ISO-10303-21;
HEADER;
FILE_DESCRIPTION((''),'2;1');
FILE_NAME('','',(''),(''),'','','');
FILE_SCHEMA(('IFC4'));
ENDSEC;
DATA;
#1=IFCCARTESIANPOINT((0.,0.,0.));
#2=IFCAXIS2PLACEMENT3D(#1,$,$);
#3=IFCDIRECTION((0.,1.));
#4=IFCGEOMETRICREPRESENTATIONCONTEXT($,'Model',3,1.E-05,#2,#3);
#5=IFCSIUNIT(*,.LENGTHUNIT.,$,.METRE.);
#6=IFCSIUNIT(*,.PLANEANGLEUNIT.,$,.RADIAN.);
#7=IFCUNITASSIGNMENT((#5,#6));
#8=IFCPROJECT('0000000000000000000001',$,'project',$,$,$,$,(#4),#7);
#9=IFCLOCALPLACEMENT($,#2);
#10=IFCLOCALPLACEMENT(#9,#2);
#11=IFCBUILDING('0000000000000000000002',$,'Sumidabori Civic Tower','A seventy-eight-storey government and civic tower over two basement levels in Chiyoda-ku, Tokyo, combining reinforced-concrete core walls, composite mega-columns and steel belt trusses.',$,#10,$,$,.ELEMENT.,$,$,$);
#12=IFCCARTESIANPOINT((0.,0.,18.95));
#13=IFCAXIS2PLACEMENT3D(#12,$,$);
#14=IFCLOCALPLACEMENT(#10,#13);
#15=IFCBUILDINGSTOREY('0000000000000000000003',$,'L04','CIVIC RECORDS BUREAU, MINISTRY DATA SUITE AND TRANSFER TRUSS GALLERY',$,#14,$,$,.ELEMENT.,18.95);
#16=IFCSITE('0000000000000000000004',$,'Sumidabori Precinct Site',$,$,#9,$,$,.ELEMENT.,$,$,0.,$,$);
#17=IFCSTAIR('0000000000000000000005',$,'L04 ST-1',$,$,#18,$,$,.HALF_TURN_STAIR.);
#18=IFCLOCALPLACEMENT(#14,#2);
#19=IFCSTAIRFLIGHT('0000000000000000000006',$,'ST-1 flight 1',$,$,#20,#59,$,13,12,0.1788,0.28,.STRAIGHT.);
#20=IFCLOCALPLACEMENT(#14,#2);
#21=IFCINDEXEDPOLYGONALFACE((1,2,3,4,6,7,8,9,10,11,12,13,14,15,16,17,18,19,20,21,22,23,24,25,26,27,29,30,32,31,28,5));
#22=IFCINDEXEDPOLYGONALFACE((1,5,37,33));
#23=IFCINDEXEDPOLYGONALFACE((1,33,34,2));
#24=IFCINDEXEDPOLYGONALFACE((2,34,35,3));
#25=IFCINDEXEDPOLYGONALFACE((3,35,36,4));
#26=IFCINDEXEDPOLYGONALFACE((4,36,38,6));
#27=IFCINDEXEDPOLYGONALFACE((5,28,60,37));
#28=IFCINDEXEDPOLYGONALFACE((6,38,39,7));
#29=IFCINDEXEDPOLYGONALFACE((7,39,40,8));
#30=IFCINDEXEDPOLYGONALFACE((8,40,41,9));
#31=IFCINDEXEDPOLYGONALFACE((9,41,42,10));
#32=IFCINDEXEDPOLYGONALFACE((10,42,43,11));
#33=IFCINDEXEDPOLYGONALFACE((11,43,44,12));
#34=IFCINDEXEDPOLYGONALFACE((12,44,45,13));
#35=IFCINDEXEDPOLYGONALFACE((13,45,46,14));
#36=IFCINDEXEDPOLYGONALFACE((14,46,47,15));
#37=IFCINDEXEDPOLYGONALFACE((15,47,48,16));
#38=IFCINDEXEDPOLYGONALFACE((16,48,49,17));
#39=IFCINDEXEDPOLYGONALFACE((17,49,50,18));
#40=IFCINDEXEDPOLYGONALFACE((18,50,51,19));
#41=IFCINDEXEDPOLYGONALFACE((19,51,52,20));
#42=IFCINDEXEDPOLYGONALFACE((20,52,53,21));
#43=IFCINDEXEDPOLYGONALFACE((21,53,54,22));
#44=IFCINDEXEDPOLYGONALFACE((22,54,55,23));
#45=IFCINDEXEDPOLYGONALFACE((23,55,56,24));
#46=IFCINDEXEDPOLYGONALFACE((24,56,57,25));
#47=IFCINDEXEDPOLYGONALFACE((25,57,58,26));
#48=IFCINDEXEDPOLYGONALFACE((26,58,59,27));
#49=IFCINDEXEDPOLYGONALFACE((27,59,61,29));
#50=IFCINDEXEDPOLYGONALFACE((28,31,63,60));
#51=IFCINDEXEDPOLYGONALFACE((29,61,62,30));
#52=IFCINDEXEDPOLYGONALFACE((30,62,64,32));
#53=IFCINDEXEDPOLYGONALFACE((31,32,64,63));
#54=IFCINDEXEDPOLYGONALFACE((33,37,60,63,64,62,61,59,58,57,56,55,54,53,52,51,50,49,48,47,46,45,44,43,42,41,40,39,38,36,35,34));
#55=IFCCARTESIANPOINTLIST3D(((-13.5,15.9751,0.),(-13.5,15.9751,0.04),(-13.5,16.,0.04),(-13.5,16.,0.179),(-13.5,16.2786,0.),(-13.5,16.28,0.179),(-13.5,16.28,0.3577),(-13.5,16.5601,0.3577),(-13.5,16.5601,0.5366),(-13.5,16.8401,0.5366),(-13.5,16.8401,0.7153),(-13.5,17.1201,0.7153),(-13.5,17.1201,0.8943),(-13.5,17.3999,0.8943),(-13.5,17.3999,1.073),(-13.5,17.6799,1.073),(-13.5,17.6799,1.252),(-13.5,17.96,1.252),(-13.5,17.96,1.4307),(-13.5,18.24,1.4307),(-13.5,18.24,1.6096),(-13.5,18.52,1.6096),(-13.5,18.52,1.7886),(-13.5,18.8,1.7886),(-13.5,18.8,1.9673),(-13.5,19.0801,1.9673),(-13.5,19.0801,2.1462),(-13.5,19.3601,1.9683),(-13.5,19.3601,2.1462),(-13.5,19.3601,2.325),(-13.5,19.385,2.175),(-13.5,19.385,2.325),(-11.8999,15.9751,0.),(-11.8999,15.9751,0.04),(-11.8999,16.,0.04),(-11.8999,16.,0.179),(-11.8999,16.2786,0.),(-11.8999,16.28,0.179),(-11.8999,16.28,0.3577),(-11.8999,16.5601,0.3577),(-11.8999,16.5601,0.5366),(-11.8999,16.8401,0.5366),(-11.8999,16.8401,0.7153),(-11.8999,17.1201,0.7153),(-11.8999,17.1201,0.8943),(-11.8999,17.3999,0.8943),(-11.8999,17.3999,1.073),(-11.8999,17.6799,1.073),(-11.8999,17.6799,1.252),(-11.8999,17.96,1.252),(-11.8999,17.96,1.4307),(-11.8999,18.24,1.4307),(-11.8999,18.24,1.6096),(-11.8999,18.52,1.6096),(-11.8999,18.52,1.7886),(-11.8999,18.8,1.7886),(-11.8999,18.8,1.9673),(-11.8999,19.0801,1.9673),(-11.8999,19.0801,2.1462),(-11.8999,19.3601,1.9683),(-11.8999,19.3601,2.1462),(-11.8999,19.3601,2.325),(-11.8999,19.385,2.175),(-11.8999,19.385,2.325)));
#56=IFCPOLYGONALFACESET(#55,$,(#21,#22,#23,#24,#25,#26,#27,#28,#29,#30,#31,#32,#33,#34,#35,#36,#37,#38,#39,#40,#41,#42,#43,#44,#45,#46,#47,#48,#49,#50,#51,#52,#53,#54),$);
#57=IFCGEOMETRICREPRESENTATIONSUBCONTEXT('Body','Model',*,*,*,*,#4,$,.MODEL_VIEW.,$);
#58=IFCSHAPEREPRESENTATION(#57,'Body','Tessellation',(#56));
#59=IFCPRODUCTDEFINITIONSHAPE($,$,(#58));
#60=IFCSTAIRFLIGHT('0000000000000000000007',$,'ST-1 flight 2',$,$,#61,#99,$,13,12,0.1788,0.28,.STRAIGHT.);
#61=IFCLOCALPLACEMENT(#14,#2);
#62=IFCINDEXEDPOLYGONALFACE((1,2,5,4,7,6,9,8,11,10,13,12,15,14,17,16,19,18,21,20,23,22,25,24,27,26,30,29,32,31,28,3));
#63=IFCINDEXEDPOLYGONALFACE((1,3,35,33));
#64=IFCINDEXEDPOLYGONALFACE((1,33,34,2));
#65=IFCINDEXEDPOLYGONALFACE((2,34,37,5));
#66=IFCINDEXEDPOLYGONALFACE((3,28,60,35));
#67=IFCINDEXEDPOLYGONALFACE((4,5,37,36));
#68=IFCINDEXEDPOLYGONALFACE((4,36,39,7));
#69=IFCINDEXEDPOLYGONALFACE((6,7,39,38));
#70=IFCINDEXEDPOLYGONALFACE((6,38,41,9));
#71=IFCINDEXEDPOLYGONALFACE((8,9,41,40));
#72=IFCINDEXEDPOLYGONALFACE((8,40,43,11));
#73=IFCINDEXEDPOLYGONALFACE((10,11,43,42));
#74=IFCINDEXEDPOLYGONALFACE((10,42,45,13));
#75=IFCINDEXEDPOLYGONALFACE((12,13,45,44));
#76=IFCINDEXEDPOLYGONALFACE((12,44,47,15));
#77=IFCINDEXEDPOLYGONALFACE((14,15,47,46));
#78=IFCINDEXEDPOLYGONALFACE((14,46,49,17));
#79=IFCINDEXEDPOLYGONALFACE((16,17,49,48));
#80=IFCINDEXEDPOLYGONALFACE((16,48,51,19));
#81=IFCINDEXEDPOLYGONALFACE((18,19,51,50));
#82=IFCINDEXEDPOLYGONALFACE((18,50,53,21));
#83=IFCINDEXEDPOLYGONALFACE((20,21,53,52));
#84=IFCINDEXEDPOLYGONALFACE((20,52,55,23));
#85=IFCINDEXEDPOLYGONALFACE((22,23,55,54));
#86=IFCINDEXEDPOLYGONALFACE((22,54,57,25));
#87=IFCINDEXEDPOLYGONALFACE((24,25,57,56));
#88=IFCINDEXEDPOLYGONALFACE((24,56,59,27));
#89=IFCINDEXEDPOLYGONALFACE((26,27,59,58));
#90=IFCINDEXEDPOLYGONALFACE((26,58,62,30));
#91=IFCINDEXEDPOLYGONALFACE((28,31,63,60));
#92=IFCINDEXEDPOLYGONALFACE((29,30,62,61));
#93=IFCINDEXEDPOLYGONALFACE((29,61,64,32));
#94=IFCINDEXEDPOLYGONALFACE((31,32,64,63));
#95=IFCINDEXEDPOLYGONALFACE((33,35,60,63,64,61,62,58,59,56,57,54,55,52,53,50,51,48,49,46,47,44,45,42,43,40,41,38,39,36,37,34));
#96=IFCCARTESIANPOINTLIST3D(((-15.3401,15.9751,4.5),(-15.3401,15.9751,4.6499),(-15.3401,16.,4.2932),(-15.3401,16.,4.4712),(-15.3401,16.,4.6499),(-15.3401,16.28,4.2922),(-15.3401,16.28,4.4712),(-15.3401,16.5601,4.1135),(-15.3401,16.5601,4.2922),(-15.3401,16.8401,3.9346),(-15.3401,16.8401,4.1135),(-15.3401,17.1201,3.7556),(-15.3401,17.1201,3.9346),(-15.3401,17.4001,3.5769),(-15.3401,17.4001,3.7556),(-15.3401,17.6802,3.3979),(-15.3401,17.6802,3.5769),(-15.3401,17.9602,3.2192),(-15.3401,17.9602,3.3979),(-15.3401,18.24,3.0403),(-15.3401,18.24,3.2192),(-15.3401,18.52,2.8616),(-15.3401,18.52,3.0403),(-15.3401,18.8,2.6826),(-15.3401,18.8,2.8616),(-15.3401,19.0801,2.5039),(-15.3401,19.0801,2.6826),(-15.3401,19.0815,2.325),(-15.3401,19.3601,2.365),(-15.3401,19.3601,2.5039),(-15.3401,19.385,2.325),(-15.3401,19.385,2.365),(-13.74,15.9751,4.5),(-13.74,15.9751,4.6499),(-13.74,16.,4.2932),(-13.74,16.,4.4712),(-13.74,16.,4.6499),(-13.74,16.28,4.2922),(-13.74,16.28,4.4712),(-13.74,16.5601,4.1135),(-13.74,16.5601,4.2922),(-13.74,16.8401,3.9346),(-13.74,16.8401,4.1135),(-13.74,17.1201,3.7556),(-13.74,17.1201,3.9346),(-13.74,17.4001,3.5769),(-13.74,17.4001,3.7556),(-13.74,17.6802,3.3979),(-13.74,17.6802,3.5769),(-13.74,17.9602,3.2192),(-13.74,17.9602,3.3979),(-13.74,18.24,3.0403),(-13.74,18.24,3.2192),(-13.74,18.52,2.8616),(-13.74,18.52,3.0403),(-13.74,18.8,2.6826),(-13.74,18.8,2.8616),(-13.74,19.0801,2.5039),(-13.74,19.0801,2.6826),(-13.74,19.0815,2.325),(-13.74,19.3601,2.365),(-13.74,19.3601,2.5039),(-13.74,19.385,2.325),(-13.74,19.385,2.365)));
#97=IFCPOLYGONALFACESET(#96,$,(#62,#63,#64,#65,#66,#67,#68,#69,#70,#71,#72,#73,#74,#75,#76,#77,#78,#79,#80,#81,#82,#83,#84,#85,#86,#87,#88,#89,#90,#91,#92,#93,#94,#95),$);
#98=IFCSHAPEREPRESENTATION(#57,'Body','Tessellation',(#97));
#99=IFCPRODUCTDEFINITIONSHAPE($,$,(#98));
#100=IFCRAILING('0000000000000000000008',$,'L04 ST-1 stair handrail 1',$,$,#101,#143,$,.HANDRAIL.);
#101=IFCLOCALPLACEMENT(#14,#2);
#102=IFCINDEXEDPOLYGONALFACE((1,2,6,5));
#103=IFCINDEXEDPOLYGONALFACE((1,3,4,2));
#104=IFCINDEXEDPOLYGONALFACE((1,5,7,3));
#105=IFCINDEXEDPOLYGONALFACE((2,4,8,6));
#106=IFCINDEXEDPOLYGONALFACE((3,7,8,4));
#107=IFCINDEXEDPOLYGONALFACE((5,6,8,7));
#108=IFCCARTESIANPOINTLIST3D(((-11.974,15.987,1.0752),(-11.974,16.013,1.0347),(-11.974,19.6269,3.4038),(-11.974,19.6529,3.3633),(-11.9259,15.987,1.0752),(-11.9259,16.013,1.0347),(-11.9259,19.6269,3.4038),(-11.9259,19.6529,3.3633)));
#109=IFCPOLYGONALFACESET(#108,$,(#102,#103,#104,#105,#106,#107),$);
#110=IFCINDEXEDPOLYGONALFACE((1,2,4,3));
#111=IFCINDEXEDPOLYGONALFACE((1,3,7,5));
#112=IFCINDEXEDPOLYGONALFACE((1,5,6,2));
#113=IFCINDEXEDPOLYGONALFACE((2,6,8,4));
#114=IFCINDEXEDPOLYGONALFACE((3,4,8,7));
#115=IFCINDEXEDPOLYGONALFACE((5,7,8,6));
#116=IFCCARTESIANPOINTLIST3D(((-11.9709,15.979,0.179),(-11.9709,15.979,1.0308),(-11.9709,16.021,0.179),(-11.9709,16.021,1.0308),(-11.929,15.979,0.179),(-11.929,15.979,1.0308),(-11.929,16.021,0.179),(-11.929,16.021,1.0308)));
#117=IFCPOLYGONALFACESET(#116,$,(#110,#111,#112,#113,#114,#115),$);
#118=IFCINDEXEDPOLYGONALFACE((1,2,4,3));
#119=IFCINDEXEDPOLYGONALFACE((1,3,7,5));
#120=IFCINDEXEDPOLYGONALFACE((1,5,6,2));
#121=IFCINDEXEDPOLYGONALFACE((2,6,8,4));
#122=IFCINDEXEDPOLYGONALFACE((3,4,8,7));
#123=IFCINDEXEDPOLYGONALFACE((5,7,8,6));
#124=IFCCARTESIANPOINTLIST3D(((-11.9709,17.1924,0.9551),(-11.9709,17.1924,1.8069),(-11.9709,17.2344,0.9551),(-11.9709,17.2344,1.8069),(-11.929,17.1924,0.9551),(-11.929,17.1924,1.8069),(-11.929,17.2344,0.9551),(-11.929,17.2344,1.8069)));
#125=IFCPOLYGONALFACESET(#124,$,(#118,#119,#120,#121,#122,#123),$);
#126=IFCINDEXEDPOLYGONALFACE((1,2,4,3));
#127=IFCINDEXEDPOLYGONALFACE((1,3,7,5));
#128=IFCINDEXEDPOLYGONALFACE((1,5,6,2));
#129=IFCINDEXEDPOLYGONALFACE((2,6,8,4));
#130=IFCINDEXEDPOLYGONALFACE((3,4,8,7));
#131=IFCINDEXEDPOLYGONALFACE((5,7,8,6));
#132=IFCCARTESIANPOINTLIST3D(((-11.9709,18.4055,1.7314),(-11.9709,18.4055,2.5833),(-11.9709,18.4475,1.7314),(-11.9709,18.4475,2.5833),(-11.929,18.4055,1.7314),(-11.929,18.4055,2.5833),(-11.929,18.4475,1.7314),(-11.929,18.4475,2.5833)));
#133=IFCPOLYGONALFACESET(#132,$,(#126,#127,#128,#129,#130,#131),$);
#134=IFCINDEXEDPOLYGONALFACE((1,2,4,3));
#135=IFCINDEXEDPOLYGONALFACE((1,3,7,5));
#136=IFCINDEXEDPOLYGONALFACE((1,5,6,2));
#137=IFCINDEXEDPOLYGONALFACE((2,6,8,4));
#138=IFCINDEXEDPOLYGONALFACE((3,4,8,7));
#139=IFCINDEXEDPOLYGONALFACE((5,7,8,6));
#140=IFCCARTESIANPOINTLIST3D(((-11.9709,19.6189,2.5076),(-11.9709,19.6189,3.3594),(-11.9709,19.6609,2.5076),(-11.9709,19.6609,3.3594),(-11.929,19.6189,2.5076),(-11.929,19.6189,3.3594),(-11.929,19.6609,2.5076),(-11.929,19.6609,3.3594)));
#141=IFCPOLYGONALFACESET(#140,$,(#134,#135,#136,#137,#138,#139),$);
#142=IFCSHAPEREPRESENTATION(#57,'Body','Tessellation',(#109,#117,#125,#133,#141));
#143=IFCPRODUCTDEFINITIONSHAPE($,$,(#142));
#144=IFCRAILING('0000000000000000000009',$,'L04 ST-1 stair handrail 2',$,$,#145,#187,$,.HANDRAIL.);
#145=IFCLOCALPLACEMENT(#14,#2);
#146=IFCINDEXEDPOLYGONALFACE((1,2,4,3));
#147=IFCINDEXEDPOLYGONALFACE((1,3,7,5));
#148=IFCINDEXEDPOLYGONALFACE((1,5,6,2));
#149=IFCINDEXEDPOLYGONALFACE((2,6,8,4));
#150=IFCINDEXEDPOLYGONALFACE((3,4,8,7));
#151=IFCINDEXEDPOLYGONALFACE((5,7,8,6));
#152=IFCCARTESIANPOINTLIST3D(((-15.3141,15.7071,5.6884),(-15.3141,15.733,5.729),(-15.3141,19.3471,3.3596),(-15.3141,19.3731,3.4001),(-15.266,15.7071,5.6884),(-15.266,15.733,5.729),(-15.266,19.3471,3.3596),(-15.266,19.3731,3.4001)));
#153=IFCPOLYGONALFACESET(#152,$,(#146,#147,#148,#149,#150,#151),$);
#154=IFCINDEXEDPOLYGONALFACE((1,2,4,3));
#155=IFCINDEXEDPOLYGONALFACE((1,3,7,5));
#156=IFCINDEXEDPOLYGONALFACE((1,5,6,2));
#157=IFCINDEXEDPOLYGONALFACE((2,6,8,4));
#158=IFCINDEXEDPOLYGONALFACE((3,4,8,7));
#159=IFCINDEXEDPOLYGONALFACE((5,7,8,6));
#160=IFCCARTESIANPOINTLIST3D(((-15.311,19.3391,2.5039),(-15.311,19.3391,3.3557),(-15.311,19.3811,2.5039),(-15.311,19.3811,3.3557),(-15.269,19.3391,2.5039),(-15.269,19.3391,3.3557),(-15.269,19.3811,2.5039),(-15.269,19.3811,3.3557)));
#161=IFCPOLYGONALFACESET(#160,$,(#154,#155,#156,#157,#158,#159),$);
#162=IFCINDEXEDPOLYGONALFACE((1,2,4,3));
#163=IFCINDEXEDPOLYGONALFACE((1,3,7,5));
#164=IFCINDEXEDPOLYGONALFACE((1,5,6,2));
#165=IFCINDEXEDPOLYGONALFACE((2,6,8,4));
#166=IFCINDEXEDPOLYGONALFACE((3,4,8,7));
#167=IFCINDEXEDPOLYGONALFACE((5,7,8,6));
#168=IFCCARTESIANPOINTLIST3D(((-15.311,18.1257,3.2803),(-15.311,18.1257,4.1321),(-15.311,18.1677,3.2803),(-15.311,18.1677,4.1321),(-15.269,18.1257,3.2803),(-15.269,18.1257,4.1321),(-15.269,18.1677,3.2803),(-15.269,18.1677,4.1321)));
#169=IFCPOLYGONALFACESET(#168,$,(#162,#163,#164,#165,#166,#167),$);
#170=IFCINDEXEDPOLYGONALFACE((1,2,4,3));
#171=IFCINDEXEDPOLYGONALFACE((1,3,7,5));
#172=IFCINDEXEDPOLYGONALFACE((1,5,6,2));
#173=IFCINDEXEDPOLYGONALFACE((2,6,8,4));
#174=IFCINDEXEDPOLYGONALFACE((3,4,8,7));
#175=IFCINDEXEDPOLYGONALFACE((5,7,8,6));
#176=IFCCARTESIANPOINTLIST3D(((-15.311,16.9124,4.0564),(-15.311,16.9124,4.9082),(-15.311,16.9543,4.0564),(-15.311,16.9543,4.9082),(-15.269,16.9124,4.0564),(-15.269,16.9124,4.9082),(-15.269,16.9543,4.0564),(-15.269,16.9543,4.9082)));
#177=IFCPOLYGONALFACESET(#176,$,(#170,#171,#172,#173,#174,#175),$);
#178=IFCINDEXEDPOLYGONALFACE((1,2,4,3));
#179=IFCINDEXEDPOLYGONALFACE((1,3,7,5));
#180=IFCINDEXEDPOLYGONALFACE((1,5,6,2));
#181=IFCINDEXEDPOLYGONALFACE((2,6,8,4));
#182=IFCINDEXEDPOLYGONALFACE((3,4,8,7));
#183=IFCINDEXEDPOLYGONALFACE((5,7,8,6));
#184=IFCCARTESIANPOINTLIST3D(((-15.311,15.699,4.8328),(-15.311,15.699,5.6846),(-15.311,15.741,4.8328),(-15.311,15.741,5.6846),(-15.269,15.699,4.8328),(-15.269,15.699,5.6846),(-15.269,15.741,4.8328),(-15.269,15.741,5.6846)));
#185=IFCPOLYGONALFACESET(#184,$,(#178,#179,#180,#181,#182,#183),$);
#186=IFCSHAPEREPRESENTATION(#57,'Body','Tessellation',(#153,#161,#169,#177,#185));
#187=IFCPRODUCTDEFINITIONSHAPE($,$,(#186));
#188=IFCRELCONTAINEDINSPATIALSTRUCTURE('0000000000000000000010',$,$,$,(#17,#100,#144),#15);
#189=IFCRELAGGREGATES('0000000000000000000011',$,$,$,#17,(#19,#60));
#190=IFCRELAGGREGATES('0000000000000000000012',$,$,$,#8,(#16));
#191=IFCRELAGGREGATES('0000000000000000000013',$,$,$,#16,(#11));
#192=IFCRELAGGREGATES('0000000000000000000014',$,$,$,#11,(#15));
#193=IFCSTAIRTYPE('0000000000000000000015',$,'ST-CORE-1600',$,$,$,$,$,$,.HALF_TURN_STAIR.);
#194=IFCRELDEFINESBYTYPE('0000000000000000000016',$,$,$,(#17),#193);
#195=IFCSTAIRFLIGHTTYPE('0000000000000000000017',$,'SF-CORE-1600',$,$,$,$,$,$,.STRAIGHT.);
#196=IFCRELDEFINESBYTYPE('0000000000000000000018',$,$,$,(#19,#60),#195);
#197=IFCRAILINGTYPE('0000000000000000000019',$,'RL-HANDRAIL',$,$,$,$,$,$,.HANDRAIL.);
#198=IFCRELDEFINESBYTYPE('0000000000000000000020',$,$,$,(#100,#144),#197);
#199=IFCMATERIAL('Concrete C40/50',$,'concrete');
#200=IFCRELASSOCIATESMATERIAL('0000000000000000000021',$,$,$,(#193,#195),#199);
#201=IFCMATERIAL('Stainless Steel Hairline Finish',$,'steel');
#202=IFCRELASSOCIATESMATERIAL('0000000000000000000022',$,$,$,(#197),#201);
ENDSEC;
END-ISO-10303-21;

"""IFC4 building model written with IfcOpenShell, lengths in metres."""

from ifc_helpers import new_model, si_unit, direction, frame, origin, origin_2d, place, context, subcontext, project, spatial, polyline, rectangle, outline, extrude, source, transform, mapped, material, type_object, element, aggregate, save


model = new_model("IFC4")

# Units and contexts
model_context = context("Model", 3, precision=1e-05, world=origin(), true_north=direction((0.0, 1.0)))
body_context = subcontext(model_context, "Body", "Model", "MODEL_VIEW")
ifc_project = project(units=[si_unit("LENGTHUNIT", "METRE"), si_unit("PLANEANGLEUNIT", "RADIAN")], contexts=[model_context])

# Site, building, storey
site_placement = place(None, origin())
site = spatial("IfcSite", under=ifc_project, at=site_placement, Name="Sumidabori Precinct Site", CompositionType="ELEMENT", RefElevation=0.0)
building_placement = place(site_placement, origin())
building = spatial("IfcBuilding", under=site, at=building_placement, Name="Sumidabori Civic Tower", Description="A seventy-eight-storey government and civic tower over two basement levels in Chiyoda-ku, Tokyo, combining reinforced-concrete core walls, composite mega-columns and steel belt trusses.", CompositionType="ELEMENT")
storey_placement = place(building_placement, frame((0.0, 0.0, 18.95)))
storey = spatial("IfcBuildingStorey", under=building, at=storey_placement, Name="L04", Description="CIVIC RECORDS BUREAU, MINISTRY DATA SUITE AND TRANSFER TRUSS GALLERY", CompositionType="ELEMENT", Elevation=18.95)

# Stair, stair flights
ifc_material_1 = material(Name="Concrete C40/50", Category="concrete")
stair_type = type_object("IfcStairType", Name="ST-CORE-1600", PredefinedType="HALF_TURN_STAIR", material=ifc_material_1)
stair_placement = place(storey_placement, origin())
stair = element("IfcStair", 1, at=stair_placement, inside=storey, type_object=stair_type, Name="L04 ST-1", PredefinedType="HALF_TURN_STAIR")
stair_flight_type = type_object("IfcStairFlightType", Name="SF-CORE-1600", PredefinedType="STRAIGHT", material=ifc_material_1)
shared_shape_1 = source(origin(), body_context, "Body", "SweptSolid", [
    extrude(outline(polyline([(-0.0249, 0.0), (-0.0249, 0.04), (0.0, 0.04), (0.0, 0.179), (0.28, 0.179), (0.28, 0.3577), (0.5601, 0.3577), (0.5601, 0.5366), (0.8401, 0.5366), (0.8401, 0.7153), (1.1201, 0.7153), (1.1201, 0.8943), (1.3999, 0.8943), (1.3999, 1.073), (1.6799, 1.073), (1.6799, 1.252), (1.96, 1.252), (1.96, 1.4307), (2.24, 1.4307), (2.24, 1.6096), (2.52, 1.6096), (2.52, 1.7886), (2.8, 1.7886), (2.8, 1.9673), (3.0801, 1.9673), (3.0801, 2.1462), (3.3601, 2.1462), (3.3601, 2.325), (3.385, 2.325), (3.385, 2.175), (3.3601, 1.9683), (0.2786, 0.0), (-0.0249, 0.0)])), frame((0.0, 0.8, 0.0), z_axis=(0.0, -1.0, 0.0), x_axis=(1.0, 0.0, 0.0)), (0.0, 0.0, 1.0), 1.6001),
])
stair_flight_1_placement = place(storey_placement, frame((-12.7, 16.0, 0.0), z_axis=(0.0, 0.0, 1.0), x_axis=(0.0, 1.0, 0.0)))
stair_flight_1 = element("IfcStairFlight", 2, at=stair_flight_1_placement, type_object=stair_flight_type, Name="ST-1 flight 1", NumberOfRisers=13, NumberOfTreads=12, PredefinedType="STRAIGHT", RiserHeight=0.1788, TreadLength=0.28, context=body_context, shape_type="MappedRepresentation", body=[
    mapped(shared_shape_1, transform((0.0, 0.0, 0.0), x_axis=(1.0, 0.0, 0.0), y_axis=(0.0, 1.0, 0.0), z_axis=(0.0, 0.0, 1.0), scale=1.0)),
])
stair_flight_2_placement = place(storey_placement, frame((-14.54, 19.3601, 2.325), z_axis=(0.0, 0.0, 1.0), x_axis=(0.0, -1.0, 0.0)))
stair_flight_2 = element("IfcStairFlight", 3, at=stair_flight_2_placement, type_object=stair_flight_type, Name="ST-1 flight 2", NumberOfRisers=13, NumberOfTreads=12, PredefinedType="STRAIGHT", RiserHeight=0.1788, TreadLength=0.28, context=body_context, shape_type="MappedRepresentation", body=[
    mapped(shared_shape_1, transform((0.0, 0.0, 0.0), x_axis=(1.0, 0.0, 0.0), y_axis=(0.0, 1.0, 0.0), z_axis=(0.0, 0.0, 1.0), scale=1.0)),
])
aggregate(stair, [stair_flight_1, stair_flight_2])

# Railings
ifc_material_2 = material(Name="Stainless Steel Hairline Finish", Category="steel")
railing_type_1 = type_object("IfcRailingType", Name="RL-HANDRAIL", PredefinedType="HANDRAIL", material=ifc_material_2)
railing_1_placement = place(storey_placement, frame((-11.95, 16.0, 0.179)))
element("IfcRailing", 4, at=railing_1_placement, inside=storey, type_object=railing_type_1, Name="L04 ST-1 stair handrail 1", PredefinedType="HANDRAIL", context=body_context, shape_type="SweptSolid", body=[
    extrude(rectangle(XDim=0.0481, YDim=0.0481, at=origin_2d()), frame((0.0, 0.0, 0.876), z_axis=(0.0, 0.842368, 0.538903), x_axis=(-1.0, 0.0, 0.0)), (0.0, 0.0, 1.0), 4.321),
    extrude(rectangle(XDim=0.042, YDim=0.042, at=origin_2d()), origin(), (0.0, 0.0, 1.0), 0.8518),
    extrude(rectangle(XDim=0.042, YDim=0.042, at=origin_2d()), frame((0.0, 1.2134, 0.7761)), (0.0, 0.0, 1.0), 0.8518),
    extrude(rectangle(XDim=0.042, YDim=0.042, at=origin_2d()), frame((0.0, 2.4265, 1.5525)), (0.0, 0.0, 1.0), 0.8518),
    extrude(rectangle(XDim=0.042, YDim=0.042, at=origin_2d()), frame((0.0, 3.6399, 2.3286)), (0.0, 0.0, 1.0), 0.8518),
])
railing_2_placement = place(storey_placement, frame((-15.29, 19.3601, 2.5039)))
element("IfcRailing", 5, at=railing_2_placement, inside=storey, type_object=railing_type_1, Name="L04 ST-1 stair handrail 2", PredefinedType="HANDRAIL", context=body_context, shape_type="SweptSolid", body=[
    extrude(rectangle(XDim=0.0481, YDim=0.0481, at=origin_2d()), frame((0.0, 0.0, 0.876), z_axis=(0.0, -0.842359, 0.538917), x_axis=(1.0, 0.0, 0.0)), (0.0, 0.0, 1.0), 4.3213),
    extrude(rectangle(XDim=0.042, YDim=0.042, at=origin_2d()), origin(), (0.0, 0.0, 1.0), 0.8518),
    extrude(rectangle(XDim=0.042, YDim=0.042, at=origin_2d()), frame((0.0, -1.2134, 0.7764)), (0.0, 0.0, 1.0), 0.8518),
    extrude(rectangle(XDim=0.042, YDim=0.042, at=origin_2d()), frame((0.0, -2.4268, 1.5525)), (0.0, 0.0, 1.0), 0.8518),
    extrude(rectangle(XDim=0.042, YDim=0.042, at=origin_2d()), frame((0.0, -3.6401, 2.3289)), (0.0, 0.0, 1.0), 0.8518),
])

save(model, "model.ifc")
